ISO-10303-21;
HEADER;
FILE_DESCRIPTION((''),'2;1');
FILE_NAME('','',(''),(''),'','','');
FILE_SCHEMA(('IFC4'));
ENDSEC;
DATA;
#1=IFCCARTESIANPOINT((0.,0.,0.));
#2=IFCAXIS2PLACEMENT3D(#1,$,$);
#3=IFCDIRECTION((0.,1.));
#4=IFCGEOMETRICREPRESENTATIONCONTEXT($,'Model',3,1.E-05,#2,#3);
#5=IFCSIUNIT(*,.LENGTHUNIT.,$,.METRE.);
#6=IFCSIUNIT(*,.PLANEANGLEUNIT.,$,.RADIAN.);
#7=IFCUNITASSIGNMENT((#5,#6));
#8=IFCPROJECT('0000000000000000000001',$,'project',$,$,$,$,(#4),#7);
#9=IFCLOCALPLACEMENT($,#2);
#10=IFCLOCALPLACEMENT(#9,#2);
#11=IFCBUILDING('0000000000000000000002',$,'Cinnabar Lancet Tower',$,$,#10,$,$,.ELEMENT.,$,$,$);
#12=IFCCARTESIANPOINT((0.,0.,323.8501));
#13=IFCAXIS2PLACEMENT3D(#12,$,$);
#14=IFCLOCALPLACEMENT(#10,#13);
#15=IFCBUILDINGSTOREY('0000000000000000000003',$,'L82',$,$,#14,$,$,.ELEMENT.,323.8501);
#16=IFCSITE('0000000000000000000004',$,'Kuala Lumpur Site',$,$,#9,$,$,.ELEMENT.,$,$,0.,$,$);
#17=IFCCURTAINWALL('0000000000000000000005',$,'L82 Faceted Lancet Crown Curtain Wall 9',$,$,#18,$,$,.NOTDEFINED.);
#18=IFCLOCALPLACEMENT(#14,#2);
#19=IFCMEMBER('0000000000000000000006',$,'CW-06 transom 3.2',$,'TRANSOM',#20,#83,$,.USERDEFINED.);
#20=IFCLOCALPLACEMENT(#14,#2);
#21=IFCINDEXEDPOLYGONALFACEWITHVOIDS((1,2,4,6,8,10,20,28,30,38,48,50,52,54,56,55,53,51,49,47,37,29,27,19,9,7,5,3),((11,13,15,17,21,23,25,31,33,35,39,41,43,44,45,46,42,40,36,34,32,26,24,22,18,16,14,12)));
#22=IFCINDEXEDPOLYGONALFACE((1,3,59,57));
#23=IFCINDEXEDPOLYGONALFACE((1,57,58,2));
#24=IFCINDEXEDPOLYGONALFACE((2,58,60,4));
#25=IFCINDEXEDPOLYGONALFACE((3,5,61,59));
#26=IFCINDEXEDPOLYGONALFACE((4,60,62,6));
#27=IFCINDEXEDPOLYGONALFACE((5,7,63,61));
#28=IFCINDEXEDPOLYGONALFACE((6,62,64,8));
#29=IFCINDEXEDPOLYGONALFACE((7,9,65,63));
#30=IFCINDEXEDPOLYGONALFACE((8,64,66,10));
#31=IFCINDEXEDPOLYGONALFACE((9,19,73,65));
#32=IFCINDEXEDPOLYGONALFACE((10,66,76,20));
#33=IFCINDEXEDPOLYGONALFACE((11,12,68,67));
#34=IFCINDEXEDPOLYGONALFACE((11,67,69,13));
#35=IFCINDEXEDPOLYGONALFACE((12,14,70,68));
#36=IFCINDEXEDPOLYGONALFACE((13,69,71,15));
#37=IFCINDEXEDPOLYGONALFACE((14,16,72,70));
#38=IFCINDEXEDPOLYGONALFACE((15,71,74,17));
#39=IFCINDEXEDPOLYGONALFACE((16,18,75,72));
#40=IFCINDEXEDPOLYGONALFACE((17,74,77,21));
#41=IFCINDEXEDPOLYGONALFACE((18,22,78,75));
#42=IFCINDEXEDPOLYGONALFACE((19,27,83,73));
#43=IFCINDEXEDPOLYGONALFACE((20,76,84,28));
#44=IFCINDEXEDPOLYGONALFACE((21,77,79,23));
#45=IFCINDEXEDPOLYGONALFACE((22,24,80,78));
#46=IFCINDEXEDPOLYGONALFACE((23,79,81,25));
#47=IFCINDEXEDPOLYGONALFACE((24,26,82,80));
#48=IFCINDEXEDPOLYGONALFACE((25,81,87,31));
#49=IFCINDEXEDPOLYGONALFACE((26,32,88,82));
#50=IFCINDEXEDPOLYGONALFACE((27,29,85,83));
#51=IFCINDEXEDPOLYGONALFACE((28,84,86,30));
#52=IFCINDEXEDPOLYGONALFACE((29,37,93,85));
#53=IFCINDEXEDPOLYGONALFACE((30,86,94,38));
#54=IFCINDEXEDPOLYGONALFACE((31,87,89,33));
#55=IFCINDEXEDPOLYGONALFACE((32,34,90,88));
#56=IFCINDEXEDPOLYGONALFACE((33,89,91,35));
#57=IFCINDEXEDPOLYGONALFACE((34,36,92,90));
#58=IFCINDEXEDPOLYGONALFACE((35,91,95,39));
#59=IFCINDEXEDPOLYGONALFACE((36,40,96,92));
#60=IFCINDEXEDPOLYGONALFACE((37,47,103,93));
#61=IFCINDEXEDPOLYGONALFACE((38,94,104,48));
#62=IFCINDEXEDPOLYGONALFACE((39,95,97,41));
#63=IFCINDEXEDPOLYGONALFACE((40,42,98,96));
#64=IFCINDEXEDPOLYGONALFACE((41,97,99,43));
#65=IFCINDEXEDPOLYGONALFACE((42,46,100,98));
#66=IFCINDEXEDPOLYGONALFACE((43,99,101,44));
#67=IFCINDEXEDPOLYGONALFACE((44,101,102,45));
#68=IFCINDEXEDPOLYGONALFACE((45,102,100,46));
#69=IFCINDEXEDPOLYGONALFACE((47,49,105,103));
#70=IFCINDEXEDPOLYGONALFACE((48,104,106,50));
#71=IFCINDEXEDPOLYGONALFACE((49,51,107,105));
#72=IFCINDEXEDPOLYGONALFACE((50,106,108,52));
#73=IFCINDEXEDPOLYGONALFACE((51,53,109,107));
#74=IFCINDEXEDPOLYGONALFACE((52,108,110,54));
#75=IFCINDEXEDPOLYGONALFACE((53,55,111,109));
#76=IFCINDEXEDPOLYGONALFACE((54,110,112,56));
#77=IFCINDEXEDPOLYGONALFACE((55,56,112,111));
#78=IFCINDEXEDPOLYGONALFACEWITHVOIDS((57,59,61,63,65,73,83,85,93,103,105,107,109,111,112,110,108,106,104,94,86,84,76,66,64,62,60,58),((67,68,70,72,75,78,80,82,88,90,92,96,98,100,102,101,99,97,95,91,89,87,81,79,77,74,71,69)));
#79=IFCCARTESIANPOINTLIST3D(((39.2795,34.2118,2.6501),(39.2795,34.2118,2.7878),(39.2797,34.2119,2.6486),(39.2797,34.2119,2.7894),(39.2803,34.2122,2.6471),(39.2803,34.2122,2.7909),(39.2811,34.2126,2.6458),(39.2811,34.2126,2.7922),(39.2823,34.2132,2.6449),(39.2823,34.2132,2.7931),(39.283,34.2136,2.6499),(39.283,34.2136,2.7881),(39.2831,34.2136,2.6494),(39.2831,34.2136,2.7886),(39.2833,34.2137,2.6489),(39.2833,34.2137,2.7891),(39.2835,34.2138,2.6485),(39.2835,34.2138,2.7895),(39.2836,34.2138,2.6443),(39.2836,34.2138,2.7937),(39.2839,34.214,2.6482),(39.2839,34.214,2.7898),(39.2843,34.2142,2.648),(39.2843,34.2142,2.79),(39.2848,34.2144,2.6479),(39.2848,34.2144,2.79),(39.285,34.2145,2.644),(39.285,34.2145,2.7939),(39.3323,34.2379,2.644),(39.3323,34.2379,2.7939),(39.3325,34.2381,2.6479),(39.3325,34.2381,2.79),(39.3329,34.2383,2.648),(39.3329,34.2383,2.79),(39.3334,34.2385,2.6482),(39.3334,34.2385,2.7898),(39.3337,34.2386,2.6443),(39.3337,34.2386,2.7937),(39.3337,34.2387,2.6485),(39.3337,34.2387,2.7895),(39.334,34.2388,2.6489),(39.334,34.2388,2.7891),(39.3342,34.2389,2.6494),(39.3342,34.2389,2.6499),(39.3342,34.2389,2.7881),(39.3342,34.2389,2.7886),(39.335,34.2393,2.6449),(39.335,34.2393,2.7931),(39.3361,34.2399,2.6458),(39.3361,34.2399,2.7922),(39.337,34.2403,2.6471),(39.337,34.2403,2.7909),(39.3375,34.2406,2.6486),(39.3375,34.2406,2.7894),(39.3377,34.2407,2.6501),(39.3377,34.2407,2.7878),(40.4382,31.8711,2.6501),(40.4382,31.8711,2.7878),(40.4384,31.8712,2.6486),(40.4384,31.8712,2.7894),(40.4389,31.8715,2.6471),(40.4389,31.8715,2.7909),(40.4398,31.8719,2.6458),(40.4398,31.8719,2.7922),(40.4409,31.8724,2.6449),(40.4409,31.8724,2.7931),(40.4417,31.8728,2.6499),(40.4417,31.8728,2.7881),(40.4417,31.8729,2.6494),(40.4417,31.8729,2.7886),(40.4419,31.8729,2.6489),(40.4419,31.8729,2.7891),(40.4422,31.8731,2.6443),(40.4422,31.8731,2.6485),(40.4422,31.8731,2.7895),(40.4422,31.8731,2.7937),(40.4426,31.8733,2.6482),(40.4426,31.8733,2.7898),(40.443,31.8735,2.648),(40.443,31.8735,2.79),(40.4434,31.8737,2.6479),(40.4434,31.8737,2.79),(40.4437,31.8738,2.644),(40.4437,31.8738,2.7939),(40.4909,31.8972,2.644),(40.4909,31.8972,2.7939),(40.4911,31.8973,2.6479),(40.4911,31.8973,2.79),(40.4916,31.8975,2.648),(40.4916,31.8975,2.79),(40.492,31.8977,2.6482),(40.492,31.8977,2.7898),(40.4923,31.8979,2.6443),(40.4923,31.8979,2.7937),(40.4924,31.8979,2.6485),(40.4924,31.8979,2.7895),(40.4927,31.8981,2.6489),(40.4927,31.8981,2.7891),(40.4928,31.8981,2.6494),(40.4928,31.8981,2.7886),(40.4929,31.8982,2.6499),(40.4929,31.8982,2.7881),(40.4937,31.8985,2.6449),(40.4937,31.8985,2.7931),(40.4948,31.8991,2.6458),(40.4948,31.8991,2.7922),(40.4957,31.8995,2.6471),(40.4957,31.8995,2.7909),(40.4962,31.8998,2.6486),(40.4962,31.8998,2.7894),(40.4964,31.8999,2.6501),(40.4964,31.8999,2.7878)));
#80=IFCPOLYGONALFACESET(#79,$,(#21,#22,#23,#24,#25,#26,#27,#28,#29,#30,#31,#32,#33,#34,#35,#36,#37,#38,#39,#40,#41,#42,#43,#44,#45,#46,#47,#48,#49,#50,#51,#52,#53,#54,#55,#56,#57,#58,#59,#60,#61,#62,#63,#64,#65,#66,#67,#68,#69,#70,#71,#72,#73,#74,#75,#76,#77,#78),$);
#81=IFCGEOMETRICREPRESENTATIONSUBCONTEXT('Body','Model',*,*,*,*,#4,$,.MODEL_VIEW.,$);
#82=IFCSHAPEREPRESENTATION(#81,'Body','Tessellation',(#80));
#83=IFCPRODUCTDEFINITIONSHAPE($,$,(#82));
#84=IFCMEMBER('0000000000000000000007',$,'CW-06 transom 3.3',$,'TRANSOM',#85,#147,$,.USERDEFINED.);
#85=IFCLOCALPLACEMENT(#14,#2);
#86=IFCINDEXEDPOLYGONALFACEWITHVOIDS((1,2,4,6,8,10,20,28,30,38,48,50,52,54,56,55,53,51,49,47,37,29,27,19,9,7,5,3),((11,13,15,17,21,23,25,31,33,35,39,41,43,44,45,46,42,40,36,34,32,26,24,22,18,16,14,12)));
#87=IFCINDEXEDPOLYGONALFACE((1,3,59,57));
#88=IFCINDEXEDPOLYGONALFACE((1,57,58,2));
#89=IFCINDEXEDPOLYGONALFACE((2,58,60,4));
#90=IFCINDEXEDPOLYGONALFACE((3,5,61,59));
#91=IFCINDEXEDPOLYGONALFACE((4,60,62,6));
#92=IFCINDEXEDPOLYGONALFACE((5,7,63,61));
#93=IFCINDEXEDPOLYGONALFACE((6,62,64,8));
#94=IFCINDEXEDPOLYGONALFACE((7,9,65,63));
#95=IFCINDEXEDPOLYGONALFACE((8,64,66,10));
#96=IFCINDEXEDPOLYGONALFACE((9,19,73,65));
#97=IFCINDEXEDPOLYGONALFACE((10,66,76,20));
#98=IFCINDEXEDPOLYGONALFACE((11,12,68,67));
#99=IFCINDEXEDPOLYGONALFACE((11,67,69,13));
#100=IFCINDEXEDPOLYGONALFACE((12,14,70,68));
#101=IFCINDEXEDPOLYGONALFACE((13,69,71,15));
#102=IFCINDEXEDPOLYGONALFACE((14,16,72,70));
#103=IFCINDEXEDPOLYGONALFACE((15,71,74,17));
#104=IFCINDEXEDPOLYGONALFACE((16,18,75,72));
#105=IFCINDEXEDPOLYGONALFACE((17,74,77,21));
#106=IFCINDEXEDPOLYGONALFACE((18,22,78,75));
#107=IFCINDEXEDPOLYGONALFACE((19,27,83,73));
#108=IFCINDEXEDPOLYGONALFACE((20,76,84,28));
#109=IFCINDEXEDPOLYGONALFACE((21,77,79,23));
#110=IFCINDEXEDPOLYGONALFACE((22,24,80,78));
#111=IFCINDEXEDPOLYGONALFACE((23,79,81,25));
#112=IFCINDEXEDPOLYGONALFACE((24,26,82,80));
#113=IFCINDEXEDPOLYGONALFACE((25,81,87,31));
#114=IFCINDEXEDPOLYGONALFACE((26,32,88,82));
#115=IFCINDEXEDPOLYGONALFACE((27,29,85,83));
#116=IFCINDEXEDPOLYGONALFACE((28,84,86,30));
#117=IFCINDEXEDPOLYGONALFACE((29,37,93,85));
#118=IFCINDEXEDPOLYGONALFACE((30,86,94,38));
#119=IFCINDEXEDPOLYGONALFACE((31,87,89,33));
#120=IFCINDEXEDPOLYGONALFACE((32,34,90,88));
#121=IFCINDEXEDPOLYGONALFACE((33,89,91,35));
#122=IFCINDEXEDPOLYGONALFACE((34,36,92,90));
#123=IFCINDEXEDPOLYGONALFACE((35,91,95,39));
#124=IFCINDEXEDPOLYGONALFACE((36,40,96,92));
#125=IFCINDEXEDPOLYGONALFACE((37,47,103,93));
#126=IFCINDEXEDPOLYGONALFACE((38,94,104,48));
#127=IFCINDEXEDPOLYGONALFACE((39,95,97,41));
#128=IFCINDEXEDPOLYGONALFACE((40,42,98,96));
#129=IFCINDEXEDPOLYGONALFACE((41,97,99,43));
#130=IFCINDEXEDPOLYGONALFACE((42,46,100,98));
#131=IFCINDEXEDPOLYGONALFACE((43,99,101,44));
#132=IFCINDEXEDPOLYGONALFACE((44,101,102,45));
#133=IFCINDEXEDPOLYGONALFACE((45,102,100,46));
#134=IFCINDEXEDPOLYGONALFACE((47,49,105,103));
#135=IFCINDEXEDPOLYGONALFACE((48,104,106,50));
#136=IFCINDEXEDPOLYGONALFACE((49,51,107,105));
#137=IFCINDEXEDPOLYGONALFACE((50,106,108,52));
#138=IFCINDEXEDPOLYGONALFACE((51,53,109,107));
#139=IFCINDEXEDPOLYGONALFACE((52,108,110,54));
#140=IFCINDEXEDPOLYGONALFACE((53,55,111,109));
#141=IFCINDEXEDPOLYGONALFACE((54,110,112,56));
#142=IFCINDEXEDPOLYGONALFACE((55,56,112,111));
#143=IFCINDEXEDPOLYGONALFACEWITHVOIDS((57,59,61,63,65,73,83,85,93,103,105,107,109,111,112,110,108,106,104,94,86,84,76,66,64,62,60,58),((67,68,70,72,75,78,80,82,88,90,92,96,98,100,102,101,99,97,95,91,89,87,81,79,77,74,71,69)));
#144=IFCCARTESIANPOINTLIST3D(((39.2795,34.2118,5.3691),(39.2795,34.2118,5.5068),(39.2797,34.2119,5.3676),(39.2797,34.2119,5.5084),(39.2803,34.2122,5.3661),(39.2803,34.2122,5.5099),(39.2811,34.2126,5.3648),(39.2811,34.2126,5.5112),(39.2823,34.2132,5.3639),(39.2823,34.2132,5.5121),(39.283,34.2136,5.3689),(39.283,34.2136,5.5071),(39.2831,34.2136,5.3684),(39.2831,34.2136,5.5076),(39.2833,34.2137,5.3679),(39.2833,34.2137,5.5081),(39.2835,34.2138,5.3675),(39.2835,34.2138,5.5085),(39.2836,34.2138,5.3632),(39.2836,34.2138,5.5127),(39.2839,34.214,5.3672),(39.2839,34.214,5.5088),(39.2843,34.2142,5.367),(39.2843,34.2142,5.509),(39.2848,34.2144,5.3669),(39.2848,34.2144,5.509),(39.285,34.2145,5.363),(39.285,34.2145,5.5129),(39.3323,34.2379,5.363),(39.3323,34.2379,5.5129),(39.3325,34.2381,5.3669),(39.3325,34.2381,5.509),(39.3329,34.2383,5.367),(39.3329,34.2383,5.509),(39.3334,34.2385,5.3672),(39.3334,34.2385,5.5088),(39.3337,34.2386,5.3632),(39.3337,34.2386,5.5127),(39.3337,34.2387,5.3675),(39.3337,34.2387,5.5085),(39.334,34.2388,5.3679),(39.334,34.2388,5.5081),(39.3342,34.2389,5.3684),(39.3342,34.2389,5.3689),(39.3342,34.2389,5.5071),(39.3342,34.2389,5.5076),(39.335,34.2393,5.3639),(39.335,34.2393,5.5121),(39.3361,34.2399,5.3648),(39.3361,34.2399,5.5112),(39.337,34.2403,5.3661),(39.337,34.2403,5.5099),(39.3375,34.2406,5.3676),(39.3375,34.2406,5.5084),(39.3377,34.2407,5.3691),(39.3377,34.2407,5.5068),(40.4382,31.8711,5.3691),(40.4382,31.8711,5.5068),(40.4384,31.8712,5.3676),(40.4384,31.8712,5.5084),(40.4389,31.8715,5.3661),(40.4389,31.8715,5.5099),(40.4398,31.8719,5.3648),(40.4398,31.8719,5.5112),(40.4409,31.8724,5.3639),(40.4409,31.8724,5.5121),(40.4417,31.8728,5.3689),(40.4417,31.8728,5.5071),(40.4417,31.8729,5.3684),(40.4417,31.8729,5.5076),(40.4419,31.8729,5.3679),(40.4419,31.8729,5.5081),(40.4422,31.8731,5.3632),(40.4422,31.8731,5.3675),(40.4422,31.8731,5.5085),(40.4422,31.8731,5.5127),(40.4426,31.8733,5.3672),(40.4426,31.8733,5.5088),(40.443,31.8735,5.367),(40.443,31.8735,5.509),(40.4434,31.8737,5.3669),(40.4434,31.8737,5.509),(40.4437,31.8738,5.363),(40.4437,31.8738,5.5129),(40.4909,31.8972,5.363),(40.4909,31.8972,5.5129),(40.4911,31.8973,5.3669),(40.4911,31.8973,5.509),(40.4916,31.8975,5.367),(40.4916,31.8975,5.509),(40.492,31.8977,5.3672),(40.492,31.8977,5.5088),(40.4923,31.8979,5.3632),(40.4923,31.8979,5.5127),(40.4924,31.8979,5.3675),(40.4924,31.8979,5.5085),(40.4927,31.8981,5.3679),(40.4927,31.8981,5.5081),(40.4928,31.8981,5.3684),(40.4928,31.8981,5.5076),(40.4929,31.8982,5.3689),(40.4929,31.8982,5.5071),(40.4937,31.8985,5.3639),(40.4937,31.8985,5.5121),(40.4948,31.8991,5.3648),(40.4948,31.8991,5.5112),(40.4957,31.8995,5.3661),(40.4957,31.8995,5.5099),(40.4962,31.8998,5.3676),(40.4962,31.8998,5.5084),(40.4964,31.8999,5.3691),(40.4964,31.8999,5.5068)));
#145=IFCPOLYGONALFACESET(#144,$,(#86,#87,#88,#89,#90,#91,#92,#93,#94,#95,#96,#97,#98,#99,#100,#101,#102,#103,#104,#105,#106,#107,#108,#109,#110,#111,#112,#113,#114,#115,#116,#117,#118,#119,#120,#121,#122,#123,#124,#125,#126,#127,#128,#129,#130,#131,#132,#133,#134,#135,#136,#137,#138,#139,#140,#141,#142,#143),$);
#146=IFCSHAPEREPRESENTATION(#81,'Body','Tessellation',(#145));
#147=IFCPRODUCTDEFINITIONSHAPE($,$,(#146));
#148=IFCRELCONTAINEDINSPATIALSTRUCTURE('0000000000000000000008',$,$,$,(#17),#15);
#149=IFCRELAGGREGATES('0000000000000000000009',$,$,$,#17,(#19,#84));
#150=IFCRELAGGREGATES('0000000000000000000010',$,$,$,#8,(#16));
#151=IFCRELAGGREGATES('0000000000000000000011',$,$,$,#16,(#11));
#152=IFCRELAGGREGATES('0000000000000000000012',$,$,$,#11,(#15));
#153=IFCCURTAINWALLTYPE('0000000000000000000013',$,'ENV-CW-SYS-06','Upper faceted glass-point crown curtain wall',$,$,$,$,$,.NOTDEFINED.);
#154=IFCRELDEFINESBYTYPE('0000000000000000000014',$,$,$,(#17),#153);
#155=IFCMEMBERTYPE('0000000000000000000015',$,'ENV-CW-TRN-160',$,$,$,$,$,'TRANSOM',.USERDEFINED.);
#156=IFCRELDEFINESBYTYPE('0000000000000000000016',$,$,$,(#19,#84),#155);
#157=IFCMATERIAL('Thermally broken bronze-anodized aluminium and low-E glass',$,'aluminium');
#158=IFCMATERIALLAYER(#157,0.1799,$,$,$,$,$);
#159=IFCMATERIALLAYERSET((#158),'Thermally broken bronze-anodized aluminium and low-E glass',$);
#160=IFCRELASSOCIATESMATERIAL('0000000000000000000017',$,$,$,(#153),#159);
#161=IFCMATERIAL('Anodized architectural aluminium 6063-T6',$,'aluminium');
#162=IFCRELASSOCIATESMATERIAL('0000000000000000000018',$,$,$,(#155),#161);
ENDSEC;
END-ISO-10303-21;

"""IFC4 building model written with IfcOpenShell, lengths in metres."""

from ifc_helpers import new_model, si_unit, direction, frame, origin, origin_2d, place, context, subcontext, project, spatial, hollow_rectangle, extrude, material, layer, layer_set, material_profile, profile_set, type_object, element, aggregate, save


model = new_model("IFC4")

# Units and contexts
model_context = context("Model", 3, precision=1e-05, world=origin(), true_north=direction((0.0, 1.0)))
body_context = subcontext(model_context, "Body", "Model", "MODEL_VIEW")
ifc_project = project(units=[si_unit("LENGTHUNIT", "METRE"), si_unit("PLANEANGLEUNIT", "RADIAN")], contexts=[model_context])

# Site, building, storey
site_placement = place(None, origin())
site = spatial("IfcSite", under=ifc_project, at=site_placement, Name="Kuala Lumpur Site", CompositionType="ELEMENT", RefElevation=0.0)
building_placement = place(site_placement, origin())
building = spatial("IfcBuilding", under=site, at=building_placement, Name="Cinnabar Lancet Tower", CompositionType="ELEMENT")
storey_placement = place(building_placement, frame((0.0, 0.0, 323.8501)))
storey = spatial("IfcBuildingStorey", under=building, at=storey_placement, Name="L82", CompositionType="ELEMENT", Elevation=323.8501)

# Curtain wall
ifc_material_1 = material(Name="Thermally broken bronze-anodized aluminium and low-E glass", Category="aluminium")
ifc_layer_1 = layer(ifc_material_1, 0.1799)
ifc_layer_set_1 = layer_set([ifc_layer_1], Name="Thermally broken bronze-anodized aluminium and low-E glass")
curtain_wall_type = type_object("IfcCurtainWallType", Name="ENV-CW-SYS-06", Description="Upper faceted glass-point crown curtain wall", PredefinedType="NOTDEFINED", material=ifc_layer_set_1)
curtain_wall_1_placement = place(storey_placement, origin())
curtain_wall_1 = element("IfcCurtainWall", 1, at=curtain_wall_1_placement, inside=storey, type_object=curtain_wall_type, Name="L82 Faceted Lancet Crown Curtain Wall 9", PredefinedType="NOTDEFINED")

# Members
ifc_material_2 = material(Name="Anodized architectural aluminium 6063-T6", Category="aluminium")
ifc_material_profile_1 = material_profile(ifc_material_2, hollow_rectangle(XDim=0.0649, YDim=0.1499, WallThickness=0.0039, InnerFilletRadius=0.002, OuterFilletRadius=0.0061, at=origin_2d()), Name="CW-TRN 150x65x4")
ifc_profile_set_1 = profile_set([ifc_material_profile_1], Name="Anodized architectural aluminium 6063-T6")
member_type_1 = type_object("IfcMemberType", Name="ENV-CW-TRN-160", ElementType="TRANSOM", PredefinedType="USERDEFINED", material=ifc_profile_set_1)
member_1_placement = place(storey_placement, frame((40.4673, 31.8855, 2.719), z_axis=(-0.443621, 0.896215, 0.0), x_axis=(-0.896215, -0.443621, 0.0)))
member_1 = element("IfcMember", 2, at=member_1_placement, type_object=member_type_1, Name="CW-06 transom 3.2", ObjectType="TRANSOM", PredefinedType="USERDEFINED", context=body_context, shape_type="SweptSolid", body=[
    extrude(hollow_rectangle(XDim=0.0649, YDim=0.1499, WallThickness=0.0039, InnerFilletRadius=0.002, OuterFilletRadius=0.0061, at=origin_2d()), origin(), (0.0, 0.0, 1.0), 2.6118),
])
member_2_placement = place(storey_placement, frame((40.4673, 31.8855, 5.438), z_axis=(-0.443621, 0.896215, 0.0), x_axis=(-0.896215, -0.443621, 0.0)))
member_2 = element("IfcMember", 3, at=member_2_placement, type_object=member_type_1, Name="CW-06 transom 3.3", ObjectType="TRANSOM", PredefinedType="USERDEFINED", context=body_context, shape_type="SweptSolid", body=[
    extrude(hollow_rectangle(XDim=0.0649, YDim=0.1499, WallThickness=0.0039, InnerFilletRadius=0.002, OuterFilletRadius=0.0061, at=origin_2d()), origin(), (0.0, 0.0, 1.0), 2.6118),
])

aggregate(curtain_wall_1, [member_1, member_2])

save(model, "model.ifc")
